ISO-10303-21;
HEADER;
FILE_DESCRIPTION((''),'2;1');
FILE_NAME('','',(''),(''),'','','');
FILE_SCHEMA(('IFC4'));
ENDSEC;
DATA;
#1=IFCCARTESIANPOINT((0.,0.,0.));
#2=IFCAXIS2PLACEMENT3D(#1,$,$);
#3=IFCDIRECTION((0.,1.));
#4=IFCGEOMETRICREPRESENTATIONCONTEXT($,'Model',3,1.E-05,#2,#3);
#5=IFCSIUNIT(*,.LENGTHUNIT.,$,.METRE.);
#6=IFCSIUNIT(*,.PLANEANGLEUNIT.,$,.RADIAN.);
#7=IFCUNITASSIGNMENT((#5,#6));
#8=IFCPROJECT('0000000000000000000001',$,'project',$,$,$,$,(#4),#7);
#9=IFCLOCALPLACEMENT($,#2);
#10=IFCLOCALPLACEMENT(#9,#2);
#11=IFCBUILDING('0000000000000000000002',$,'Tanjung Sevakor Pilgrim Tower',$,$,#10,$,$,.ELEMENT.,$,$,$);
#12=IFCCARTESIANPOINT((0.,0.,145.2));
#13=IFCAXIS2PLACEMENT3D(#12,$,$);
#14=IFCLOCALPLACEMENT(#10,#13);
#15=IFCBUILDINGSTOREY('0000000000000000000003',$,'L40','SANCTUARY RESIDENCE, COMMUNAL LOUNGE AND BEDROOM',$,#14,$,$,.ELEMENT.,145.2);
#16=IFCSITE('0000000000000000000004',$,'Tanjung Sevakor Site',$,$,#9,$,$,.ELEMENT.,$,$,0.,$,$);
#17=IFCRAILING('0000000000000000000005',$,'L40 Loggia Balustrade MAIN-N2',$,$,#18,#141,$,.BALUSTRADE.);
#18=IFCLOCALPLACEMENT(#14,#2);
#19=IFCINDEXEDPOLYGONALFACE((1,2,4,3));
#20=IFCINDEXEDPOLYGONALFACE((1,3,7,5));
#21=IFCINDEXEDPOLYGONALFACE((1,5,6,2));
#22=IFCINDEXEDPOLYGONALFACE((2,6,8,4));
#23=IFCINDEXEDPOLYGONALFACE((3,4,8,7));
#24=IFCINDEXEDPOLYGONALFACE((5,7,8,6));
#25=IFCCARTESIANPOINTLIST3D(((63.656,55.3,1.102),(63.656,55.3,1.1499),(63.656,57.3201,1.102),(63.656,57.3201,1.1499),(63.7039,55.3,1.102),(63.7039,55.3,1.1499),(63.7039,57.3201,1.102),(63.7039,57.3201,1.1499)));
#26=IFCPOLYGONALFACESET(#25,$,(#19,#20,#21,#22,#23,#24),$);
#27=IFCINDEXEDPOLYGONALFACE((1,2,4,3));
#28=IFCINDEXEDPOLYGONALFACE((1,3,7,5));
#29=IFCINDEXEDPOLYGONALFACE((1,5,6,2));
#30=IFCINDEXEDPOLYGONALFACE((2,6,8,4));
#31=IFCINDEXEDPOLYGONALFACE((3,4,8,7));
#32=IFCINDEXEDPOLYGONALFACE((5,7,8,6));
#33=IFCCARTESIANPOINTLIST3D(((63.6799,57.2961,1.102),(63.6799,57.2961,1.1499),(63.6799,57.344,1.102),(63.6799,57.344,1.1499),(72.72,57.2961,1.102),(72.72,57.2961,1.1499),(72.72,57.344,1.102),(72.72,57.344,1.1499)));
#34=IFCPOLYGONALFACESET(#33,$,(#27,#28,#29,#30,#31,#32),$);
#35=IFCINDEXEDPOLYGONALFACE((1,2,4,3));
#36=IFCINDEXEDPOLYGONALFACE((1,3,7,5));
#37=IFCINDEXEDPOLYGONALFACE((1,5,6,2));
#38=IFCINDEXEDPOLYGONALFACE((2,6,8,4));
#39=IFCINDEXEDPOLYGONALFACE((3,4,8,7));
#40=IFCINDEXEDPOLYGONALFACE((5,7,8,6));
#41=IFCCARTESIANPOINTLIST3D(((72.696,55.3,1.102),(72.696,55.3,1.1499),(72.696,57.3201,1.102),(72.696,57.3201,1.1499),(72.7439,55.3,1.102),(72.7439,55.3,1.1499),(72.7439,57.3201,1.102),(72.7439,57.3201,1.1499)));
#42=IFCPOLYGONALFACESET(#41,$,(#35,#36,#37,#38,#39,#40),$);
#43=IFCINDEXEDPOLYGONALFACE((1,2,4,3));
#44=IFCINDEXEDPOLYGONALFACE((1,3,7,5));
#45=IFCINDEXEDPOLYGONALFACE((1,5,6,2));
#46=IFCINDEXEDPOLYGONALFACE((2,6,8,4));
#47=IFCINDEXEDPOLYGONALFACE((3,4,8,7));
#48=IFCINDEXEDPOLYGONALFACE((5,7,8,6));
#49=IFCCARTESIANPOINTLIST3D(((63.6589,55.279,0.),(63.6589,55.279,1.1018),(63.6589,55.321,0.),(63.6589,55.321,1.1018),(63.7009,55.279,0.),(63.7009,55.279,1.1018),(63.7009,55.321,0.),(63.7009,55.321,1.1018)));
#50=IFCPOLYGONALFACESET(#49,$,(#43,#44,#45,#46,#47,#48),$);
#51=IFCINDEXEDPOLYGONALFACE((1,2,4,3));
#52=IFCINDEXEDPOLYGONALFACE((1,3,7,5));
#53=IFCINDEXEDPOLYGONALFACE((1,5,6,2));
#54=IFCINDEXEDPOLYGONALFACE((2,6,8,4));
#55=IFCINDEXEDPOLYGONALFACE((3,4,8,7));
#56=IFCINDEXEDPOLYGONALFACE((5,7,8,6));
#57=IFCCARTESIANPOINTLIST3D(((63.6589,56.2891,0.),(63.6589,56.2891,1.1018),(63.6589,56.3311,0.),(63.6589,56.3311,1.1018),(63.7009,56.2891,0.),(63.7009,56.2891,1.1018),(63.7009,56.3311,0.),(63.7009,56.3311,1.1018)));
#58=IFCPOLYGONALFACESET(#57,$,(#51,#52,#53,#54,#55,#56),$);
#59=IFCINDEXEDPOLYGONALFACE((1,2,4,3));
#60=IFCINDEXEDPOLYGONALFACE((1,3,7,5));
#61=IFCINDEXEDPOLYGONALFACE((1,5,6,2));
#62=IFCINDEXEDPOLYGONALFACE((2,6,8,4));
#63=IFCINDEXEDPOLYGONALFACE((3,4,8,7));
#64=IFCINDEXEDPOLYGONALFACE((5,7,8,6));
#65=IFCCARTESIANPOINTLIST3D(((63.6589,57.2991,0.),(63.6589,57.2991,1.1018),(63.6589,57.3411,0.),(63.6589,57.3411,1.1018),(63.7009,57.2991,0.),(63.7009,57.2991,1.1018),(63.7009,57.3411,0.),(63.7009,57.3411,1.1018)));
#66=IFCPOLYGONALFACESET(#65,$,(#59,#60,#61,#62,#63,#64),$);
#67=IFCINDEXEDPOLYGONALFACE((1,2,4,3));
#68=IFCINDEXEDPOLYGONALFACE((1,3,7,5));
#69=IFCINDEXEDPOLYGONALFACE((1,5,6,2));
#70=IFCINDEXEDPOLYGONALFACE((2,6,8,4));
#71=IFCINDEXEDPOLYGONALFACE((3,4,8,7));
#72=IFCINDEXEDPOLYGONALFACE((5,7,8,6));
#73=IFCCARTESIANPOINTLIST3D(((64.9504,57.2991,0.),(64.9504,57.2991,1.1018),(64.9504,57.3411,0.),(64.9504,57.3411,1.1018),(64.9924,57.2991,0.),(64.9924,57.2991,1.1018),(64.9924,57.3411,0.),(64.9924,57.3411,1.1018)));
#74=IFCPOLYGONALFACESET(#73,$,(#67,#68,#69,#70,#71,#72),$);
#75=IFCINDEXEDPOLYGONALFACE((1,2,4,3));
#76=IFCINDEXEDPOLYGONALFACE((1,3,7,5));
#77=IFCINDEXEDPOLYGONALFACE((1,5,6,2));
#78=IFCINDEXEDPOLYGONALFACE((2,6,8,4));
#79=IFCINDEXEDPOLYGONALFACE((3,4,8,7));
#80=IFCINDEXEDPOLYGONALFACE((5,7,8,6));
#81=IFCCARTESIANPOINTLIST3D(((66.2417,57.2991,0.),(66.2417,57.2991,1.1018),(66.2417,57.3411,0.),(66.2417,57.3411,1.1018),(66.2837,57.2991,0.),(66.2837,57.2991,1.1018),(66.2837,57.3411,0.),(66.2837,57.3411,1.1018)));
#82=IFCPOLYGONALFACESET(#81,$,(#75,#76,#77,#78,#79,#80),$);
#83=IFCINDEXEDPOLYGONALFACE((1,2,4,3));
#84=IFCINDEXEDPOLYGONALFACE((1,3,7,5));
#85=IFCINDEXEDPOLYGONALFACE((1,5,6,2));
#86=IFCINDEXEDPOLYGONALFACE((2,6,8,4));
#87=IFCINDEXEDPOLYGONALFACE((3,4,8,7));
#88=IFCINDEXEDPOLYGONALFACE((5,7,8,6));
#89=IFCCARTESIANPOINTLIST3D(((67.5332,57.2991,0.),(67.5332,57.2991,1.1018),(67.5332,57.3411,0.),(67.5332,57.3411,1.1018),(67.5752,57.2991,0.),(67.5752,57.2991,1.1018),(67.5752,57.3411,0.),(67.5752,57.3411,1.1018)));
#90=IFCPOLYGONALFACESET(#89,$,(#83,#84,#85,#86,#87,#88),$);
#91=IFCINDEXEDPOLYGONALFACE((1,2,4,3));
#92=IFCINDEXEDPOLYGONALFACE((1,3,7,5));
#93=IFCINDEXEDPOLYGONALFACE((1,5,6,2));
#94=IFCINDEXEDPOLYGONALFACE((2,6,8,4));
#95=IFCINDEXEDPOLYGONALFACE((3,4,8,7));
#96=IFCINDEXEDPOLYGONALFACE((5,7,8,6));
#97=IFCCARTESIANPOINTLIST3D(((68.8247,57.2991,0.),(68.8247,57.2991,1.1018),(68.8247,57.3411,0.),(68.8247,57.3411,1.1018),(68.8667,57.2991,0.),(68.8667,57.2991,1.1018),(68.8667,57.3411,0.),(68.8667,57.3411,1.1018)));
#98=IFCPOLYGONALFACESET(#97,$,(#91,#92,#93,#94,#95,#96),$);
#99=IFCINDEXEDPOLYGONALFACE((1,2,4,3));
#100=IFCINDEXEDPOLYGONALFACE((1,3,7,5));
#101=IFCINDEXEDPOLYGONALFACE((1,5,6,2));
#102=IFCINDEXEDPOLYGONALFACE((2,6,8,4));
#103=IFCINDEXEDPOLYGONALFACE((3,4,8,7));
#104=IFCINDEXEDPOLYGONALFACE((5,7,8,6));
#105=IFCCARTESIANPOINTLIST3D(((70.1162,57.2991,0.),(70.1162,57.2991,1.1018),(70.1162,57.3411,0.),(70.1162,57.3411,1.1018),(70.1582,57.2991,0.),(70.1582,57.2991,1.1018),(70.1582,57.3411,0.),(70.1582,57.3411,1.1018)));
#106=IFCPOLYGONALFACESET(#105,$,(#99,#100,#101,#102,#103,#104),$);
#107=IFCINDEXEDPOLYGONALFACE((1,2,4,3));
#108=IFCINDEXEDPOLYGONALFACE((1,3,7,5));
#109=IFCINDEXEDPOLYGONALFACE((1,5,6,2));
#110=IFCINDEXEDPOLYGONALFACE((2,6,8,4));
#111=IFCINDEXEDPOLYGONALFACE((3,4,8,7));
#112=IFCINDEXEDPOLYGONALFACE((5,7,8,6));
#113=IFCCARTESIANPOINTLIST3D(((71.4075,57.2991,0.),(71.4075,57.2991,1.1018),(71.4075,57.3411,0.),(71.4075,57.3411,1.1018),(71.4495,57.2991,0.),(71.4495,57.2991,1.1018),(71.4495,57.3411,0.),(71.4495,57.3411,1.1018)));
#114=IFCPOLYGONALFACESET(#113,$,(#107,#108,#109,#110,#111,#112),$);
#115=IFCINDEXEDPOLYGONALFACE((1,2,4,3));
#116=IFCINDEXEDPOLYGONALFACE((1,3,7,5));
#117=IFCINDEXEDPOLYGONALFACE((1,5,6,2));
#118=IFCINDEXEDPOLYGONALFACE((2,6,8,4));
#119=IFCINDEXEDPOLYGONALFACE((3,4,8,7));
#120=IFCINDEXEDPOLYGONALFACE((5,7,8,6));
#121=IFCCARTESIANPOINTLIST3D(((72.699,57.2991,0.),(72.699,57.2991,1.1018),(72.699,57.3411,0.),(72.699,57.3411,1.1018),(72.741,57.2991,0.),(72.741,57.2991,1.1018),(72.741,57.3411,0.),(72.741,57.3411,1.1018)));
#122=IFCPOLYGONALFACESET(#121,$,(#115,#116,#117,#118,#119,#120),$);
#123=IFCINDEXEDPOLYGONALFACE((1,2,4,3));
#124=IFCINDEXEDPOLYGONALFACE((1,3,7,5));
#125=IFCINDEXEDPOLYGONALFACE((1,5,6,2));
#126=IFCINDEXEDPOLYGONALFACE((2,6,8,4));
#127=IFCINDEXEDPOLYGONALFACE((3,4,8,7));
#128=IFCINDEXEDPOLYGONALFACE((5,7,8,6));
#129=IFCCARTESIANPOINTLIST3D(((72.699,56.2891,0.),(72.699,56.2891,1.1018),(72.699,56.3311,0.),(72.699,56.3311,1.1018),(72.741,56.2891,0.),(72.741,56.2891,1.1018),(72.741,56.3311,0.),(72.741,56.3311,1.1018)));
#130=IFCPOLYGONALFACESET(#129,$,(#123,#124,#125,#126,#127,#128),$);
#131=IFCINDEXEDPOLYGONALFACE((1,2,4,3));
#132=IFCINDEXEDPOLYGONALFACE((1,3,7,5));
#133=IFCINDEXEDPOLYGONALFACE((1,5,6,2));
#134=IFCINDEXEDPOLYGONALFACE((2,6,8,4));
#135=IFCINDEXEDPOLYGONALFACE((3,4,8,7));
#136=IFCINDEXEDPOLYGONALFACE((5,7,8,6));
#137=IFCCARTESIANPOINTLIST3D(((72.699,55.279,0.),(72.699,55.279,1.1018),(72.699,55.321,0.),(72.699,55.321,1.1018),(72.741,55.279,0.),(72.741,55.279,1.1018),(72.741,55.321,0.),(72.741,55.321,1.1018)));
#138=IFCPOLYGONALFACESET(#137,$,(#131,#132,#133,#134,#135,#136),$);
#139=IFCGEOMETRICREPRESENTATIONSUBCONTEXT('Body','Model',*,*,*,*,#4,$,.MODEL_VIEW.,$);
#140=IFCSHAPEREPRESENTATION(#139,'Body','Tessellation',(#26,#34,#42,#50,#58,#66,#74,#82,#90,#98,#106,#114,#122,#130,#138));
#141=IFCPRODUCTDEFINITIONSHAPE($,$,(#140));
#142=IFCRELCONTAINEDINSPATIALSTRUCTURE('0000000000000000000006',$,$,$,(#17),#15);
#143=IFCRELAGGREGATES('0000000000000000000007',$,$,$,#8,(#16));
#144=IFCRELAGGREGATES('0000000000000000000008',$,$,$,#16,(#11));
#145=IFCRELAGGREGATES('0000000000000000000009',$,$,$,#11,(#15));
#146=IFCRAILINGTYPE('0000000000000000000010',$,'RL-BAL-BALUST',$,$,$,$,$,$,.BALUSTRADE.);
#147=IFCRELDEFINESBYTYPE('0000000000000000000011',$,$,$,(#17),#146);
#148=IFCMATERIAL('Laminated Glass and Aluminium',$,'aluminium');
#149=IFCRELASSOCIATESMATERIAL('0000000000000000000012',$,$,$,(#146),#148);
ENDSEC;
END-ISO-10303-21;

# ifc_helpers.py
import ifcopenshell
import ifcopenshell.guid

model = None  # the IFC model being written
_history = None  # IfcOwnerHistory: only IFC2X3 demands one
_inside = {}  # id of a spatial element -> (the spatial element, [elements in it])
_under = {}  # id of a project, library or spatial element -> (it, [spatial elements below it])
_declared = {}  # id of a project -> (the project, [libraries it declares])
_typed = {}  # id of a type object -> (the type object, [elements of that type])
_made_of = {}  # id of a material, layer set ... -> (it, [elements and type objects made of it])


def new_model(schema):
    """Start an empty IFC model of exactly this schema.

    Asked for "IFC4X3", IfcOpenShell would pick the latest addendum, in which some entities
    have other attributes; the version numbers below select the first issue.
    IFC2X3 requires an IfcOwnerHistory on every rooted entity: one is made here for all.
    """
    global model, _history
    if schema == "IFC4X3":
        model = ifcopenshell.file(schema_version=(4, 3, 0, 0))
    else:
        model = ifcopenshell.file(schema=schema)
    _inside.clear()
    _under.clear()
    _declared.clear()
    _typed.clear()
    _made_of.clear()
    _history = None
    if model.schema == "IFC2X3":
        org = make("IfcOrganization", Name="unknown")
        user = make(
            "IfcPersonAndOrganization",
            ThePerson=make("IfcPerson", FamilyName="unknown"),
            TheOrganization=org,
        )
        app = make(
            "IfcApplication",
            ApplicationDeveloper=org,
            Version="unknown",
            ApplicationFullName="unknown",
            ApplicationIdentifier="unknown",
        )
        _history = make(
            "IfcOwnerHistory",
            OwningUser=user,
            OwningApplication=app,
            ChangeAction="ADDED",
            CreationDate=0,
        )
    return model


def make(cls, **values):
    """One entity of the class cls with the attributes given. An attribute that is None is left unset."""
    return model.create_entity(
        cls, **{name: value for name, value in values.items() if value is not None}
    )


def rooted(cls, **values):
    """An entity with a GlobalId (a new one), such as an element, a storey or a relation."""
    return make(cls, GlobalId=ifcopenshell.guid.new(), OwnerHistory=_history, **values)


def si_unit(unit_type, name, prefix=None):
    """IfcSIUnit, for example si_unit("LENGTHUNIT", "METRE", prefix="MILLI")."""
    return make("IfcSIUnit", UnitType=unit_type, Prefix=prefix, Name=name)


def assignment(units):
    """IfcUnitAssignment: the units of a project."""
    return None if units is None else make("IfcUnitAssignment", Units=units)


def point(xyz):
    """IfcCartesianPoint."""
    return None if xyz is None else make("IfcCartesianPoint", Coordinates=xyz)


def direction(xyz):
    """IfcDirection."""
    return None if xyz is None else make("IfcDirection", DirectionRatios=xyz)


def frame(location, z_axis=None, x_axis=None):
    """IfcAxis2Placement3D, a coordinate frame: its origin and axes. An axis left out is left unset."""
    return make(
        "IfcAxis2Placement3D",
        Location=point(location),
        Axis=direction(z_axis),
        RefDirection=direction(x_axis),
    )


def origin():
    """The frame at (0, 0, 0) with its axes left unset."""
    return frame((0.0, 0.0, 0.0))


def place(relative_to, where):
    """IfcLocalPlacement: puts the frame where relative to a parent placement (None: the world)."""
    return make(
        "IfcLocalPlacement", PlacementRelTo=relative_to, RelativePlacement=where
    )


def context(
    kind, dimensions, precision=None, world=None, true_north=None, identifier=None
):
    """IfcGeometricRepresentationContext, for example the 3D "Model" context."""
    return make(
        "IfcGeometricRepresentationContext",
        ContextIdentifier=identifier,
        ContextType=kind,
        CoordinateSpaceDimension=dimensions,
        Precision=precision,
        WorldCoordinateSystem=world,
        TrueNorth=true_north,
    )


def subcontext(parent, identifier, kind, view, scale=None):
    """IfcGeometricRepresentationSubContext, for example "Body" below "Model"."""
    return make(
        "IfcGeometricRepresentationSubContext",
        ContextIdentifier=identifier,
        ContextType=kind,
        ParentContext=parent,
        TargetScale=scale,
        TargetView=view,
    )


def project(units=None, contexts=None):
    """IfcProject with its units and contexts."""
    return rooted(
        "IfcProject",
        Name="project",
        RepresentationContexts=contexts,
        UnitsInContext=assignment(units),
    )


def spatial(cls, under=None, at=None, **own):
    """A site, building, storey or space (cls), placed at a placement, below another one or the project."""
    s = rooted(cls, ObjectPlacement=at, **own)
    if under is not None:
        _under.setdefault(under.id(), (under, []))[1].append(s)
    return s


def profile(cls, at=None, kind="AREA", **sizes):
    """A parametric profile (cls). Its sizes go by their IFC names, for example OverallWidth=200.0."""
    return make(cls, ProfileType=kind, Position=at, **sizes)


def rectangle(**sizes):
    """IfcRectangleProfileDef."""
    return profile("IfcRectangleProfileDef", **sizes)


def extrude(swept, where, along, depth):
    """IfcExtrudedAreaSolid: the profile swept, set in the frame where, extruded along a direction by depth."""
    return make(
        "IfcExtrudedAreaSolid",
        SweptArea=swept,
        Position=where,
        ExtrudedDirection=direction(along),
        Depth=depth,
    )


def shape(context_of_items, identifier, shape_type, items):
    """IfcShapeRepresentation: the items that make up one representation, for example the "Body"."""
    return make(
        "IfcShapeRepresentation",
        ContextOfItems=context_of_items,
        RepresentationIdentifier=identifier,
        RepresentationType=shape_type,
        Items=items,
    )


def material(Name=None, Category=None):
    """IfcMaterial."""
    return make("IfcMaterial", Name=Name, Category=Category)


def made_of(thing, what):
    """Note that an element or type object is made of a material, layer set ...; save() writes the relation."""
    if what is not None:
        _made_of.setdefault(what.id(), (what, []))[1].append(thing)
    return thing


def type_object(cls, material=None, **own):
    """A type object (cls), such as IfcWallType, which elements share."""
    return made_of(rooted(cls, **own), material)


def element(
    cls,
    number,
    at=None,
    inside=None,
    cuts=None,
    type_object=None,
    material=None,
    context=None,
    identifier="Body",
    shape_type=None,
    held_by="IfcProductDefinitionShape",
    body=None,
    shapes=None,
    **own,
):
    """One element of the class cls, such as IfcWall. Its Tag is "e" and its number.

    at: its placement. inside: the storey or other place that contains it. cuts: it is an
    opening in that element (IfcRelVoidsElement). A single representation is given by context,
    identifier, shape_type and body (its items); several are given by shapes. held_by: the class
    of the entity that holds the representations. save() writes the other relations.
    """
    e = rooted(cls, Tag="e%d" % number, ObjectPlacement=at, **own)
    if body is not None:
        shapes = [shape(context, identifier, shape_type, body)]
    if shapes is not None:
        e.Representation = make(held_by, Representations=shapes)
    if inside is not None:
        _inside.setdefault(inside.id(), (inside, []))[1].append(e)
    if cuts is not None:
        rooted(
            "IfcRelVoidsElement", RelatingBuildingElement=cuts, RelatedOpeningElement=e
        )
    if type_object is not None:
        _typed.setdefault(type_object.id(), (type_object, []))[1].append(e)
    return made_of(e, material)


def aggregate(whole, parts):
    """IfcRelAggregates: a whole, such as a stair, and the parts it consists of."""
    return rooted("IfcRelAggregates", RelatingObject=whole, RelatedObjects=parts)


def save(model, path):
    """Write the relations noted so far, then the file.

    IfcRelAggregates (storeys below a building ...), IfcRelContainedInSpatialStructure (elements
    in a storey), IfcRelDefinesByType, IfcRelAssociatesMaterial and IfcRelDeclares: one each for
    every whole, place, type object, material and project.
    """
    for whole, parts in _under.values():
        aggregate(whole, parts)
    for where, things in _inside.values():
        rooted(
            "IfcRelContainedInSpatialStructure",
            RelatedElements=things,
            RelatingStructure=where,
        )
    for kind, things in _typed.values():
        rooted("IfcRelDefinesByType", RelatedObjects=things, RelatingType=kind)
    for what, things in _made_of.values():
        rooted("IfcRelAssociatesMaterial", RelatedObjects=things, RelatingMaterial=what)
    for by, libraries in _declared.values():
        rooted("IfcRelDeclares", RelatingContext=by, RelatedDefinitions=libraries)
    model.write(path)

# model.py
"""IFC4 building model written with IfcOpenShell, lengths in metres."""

from ifc_helpers import new_model, si_unit, direction, frame, origin, place, context, subcontext, project, spatial, rectangle, extrude, material, type_object, element, save


model = new_model("IFC4")

# Units and contexts
model_context = context("Model", 3, precision=1e-05, world=origin(), true_north=direction((0.0, 1.0)))
body_context = subcontext(model_context, "Body", "Model", "MODEL_VIEW")
ifc_project = project(units=[si_unit("LENGTHUNIT", "METRE"), si_unit("PLANEANGLEUNIT", "RADIAN")], contexts=[model_context])

# Site, building, storey
site_placement = place(None, origin())
site = spatial("IfcSite", under=ifc_project, at=site_placement, Name="Tanjung Sevakor Site", CompositionType="ELEMENT", RefElevation=0.0)
building_placement = place(site_placement, origin())
building = spatial("IfcBuilding", under=site, at=building_placement, Name="Tanjung Sevakor Pilgrim Tower", CompositionType="ELEMENT")
storey_placement = place(building_placement, frame((0.0, 0.0, 145.2)))
storey = spatial("IfcBuildingStorey", under=building, at=storey_placement, Name="L40", Description="SANCTUARY RESIDENCE, COMMUNAL LOUNGE AND BEDROOM", CompositionType="ELEMENT", Elevation=145.2)

# Railing
ifc_material_1 = material(Name="Laminated Glass and Aluminium", Category="aluminium")
railing_type_1 = type_object("IfcRailingType", Name="RL-BAL-BALUST", PredefinedType="BALUSTRADE", material=ifc_material_1)
railing_1_placement = place(storey_placement, frame((63.6799, 55.3, 0.0)))
element("IfcRailing", 1, at=railing_1_placement, inside=storey, type_object=railing_type_1, Name="L40 Loggia Balustrade MAIN-N2", PredefinedType="BALUSTRADE", context=body_context, shape_type="SweptSolid", body=[
    extrude(rectangle(XDim=0.0479, YDim=0.0479), frame((0.0, 0.0, 1.126), z_axis=(0.0, 1.0, 0.0), x_axis=(-1.0, 0.0, 0.0)), (0.0, 0.0, 1.0), 2.02),
    extrude(rectangle(XDim=0.0479, YDim=0.0479), frame((0.0, 2.02, 1.126), z_axis=(1.0, 0.0, 0.0), x_axis=(0.0, 1.0, 0.0)), (0.0, 0.0, 1.0), 9.04),
    extrude(rectangle(XDim=0.0479, YDim=0.0479), frame((9.04, 2.02, 1.126), z_axis=(0.0, -1.0, 0.0), x_axis=(1.0, 0.0, 0.0)), (0.0, 0.0, 1.0), 2.02),
    extrude(rectangle(XDim=0.042, YDim=0.042), origin(), (0.0, 0.0, 1.0), 1.1018),
    extrude(rectangle(XDim=0.042, YDim=0.042), frame((0.0, 1.01, 0.0)), (0.0, 0.0, 1.0), 1.1018),
    extrude(rectangle(XDim=0.042, YDim=0.042), frame((0.0, 2.02, 0.0)), (0.0, 0.0, 1.0), 1.1018),
    extrude(rectangle(XDim=0.042, YDim=0.042), frame((1.2915, 2.02, 0.0)), (0.0, 0.0, 1.0), 1.1018),
    extrude(rectangle(XDim=0.042, YDim=0.042), frame((2.5828, 2.02, 0.0)), (0.0, 0.0, 1.0), 1.1018),
    extrude(rectangle(XDim=0.042, YDim=0.042), frame((3.8743, 2.02, 0.0)), (0.0, 0.0, 1.0), 1.1018),
    extrude(rectangle(XDim=0.042, YDim=0.042), frame((5.1658, 2.02, 0.0)), (0.0, 0.0, 1.0), 1.1018),
    extrude(rectangle(XDim=0.042, YDim=0.042), frame((6.4573, 2.02, 0.0)), (0.0, 0.0, 1.0), 1.1018),
    extrude(rectangle(XDim=0.042, YDim=0.042), frame((7.7485, 2.02, 0.0)), (0.0, 0.0, 1.0), 1.1018),
    extrude(rectangle(XDim=0.042, YDim=0.042), frame((9.04, 2.02, 0.0)), (0.0, 0.0, 1.0), 1.1018),
    extrude(rectangle(XDim=0.042, YDim=0.042), frame((9.04, 1.01, 0.0)), (0.0, 0.0, 1.0), 1.1018),
    extrude(rectangle(XDim=0.042, YDim=0.042), frame((9.04, 0.0, 0.0)), (0.0, 0.0, 1.0), 1.1018),
])

save(model, "model.ifc")
